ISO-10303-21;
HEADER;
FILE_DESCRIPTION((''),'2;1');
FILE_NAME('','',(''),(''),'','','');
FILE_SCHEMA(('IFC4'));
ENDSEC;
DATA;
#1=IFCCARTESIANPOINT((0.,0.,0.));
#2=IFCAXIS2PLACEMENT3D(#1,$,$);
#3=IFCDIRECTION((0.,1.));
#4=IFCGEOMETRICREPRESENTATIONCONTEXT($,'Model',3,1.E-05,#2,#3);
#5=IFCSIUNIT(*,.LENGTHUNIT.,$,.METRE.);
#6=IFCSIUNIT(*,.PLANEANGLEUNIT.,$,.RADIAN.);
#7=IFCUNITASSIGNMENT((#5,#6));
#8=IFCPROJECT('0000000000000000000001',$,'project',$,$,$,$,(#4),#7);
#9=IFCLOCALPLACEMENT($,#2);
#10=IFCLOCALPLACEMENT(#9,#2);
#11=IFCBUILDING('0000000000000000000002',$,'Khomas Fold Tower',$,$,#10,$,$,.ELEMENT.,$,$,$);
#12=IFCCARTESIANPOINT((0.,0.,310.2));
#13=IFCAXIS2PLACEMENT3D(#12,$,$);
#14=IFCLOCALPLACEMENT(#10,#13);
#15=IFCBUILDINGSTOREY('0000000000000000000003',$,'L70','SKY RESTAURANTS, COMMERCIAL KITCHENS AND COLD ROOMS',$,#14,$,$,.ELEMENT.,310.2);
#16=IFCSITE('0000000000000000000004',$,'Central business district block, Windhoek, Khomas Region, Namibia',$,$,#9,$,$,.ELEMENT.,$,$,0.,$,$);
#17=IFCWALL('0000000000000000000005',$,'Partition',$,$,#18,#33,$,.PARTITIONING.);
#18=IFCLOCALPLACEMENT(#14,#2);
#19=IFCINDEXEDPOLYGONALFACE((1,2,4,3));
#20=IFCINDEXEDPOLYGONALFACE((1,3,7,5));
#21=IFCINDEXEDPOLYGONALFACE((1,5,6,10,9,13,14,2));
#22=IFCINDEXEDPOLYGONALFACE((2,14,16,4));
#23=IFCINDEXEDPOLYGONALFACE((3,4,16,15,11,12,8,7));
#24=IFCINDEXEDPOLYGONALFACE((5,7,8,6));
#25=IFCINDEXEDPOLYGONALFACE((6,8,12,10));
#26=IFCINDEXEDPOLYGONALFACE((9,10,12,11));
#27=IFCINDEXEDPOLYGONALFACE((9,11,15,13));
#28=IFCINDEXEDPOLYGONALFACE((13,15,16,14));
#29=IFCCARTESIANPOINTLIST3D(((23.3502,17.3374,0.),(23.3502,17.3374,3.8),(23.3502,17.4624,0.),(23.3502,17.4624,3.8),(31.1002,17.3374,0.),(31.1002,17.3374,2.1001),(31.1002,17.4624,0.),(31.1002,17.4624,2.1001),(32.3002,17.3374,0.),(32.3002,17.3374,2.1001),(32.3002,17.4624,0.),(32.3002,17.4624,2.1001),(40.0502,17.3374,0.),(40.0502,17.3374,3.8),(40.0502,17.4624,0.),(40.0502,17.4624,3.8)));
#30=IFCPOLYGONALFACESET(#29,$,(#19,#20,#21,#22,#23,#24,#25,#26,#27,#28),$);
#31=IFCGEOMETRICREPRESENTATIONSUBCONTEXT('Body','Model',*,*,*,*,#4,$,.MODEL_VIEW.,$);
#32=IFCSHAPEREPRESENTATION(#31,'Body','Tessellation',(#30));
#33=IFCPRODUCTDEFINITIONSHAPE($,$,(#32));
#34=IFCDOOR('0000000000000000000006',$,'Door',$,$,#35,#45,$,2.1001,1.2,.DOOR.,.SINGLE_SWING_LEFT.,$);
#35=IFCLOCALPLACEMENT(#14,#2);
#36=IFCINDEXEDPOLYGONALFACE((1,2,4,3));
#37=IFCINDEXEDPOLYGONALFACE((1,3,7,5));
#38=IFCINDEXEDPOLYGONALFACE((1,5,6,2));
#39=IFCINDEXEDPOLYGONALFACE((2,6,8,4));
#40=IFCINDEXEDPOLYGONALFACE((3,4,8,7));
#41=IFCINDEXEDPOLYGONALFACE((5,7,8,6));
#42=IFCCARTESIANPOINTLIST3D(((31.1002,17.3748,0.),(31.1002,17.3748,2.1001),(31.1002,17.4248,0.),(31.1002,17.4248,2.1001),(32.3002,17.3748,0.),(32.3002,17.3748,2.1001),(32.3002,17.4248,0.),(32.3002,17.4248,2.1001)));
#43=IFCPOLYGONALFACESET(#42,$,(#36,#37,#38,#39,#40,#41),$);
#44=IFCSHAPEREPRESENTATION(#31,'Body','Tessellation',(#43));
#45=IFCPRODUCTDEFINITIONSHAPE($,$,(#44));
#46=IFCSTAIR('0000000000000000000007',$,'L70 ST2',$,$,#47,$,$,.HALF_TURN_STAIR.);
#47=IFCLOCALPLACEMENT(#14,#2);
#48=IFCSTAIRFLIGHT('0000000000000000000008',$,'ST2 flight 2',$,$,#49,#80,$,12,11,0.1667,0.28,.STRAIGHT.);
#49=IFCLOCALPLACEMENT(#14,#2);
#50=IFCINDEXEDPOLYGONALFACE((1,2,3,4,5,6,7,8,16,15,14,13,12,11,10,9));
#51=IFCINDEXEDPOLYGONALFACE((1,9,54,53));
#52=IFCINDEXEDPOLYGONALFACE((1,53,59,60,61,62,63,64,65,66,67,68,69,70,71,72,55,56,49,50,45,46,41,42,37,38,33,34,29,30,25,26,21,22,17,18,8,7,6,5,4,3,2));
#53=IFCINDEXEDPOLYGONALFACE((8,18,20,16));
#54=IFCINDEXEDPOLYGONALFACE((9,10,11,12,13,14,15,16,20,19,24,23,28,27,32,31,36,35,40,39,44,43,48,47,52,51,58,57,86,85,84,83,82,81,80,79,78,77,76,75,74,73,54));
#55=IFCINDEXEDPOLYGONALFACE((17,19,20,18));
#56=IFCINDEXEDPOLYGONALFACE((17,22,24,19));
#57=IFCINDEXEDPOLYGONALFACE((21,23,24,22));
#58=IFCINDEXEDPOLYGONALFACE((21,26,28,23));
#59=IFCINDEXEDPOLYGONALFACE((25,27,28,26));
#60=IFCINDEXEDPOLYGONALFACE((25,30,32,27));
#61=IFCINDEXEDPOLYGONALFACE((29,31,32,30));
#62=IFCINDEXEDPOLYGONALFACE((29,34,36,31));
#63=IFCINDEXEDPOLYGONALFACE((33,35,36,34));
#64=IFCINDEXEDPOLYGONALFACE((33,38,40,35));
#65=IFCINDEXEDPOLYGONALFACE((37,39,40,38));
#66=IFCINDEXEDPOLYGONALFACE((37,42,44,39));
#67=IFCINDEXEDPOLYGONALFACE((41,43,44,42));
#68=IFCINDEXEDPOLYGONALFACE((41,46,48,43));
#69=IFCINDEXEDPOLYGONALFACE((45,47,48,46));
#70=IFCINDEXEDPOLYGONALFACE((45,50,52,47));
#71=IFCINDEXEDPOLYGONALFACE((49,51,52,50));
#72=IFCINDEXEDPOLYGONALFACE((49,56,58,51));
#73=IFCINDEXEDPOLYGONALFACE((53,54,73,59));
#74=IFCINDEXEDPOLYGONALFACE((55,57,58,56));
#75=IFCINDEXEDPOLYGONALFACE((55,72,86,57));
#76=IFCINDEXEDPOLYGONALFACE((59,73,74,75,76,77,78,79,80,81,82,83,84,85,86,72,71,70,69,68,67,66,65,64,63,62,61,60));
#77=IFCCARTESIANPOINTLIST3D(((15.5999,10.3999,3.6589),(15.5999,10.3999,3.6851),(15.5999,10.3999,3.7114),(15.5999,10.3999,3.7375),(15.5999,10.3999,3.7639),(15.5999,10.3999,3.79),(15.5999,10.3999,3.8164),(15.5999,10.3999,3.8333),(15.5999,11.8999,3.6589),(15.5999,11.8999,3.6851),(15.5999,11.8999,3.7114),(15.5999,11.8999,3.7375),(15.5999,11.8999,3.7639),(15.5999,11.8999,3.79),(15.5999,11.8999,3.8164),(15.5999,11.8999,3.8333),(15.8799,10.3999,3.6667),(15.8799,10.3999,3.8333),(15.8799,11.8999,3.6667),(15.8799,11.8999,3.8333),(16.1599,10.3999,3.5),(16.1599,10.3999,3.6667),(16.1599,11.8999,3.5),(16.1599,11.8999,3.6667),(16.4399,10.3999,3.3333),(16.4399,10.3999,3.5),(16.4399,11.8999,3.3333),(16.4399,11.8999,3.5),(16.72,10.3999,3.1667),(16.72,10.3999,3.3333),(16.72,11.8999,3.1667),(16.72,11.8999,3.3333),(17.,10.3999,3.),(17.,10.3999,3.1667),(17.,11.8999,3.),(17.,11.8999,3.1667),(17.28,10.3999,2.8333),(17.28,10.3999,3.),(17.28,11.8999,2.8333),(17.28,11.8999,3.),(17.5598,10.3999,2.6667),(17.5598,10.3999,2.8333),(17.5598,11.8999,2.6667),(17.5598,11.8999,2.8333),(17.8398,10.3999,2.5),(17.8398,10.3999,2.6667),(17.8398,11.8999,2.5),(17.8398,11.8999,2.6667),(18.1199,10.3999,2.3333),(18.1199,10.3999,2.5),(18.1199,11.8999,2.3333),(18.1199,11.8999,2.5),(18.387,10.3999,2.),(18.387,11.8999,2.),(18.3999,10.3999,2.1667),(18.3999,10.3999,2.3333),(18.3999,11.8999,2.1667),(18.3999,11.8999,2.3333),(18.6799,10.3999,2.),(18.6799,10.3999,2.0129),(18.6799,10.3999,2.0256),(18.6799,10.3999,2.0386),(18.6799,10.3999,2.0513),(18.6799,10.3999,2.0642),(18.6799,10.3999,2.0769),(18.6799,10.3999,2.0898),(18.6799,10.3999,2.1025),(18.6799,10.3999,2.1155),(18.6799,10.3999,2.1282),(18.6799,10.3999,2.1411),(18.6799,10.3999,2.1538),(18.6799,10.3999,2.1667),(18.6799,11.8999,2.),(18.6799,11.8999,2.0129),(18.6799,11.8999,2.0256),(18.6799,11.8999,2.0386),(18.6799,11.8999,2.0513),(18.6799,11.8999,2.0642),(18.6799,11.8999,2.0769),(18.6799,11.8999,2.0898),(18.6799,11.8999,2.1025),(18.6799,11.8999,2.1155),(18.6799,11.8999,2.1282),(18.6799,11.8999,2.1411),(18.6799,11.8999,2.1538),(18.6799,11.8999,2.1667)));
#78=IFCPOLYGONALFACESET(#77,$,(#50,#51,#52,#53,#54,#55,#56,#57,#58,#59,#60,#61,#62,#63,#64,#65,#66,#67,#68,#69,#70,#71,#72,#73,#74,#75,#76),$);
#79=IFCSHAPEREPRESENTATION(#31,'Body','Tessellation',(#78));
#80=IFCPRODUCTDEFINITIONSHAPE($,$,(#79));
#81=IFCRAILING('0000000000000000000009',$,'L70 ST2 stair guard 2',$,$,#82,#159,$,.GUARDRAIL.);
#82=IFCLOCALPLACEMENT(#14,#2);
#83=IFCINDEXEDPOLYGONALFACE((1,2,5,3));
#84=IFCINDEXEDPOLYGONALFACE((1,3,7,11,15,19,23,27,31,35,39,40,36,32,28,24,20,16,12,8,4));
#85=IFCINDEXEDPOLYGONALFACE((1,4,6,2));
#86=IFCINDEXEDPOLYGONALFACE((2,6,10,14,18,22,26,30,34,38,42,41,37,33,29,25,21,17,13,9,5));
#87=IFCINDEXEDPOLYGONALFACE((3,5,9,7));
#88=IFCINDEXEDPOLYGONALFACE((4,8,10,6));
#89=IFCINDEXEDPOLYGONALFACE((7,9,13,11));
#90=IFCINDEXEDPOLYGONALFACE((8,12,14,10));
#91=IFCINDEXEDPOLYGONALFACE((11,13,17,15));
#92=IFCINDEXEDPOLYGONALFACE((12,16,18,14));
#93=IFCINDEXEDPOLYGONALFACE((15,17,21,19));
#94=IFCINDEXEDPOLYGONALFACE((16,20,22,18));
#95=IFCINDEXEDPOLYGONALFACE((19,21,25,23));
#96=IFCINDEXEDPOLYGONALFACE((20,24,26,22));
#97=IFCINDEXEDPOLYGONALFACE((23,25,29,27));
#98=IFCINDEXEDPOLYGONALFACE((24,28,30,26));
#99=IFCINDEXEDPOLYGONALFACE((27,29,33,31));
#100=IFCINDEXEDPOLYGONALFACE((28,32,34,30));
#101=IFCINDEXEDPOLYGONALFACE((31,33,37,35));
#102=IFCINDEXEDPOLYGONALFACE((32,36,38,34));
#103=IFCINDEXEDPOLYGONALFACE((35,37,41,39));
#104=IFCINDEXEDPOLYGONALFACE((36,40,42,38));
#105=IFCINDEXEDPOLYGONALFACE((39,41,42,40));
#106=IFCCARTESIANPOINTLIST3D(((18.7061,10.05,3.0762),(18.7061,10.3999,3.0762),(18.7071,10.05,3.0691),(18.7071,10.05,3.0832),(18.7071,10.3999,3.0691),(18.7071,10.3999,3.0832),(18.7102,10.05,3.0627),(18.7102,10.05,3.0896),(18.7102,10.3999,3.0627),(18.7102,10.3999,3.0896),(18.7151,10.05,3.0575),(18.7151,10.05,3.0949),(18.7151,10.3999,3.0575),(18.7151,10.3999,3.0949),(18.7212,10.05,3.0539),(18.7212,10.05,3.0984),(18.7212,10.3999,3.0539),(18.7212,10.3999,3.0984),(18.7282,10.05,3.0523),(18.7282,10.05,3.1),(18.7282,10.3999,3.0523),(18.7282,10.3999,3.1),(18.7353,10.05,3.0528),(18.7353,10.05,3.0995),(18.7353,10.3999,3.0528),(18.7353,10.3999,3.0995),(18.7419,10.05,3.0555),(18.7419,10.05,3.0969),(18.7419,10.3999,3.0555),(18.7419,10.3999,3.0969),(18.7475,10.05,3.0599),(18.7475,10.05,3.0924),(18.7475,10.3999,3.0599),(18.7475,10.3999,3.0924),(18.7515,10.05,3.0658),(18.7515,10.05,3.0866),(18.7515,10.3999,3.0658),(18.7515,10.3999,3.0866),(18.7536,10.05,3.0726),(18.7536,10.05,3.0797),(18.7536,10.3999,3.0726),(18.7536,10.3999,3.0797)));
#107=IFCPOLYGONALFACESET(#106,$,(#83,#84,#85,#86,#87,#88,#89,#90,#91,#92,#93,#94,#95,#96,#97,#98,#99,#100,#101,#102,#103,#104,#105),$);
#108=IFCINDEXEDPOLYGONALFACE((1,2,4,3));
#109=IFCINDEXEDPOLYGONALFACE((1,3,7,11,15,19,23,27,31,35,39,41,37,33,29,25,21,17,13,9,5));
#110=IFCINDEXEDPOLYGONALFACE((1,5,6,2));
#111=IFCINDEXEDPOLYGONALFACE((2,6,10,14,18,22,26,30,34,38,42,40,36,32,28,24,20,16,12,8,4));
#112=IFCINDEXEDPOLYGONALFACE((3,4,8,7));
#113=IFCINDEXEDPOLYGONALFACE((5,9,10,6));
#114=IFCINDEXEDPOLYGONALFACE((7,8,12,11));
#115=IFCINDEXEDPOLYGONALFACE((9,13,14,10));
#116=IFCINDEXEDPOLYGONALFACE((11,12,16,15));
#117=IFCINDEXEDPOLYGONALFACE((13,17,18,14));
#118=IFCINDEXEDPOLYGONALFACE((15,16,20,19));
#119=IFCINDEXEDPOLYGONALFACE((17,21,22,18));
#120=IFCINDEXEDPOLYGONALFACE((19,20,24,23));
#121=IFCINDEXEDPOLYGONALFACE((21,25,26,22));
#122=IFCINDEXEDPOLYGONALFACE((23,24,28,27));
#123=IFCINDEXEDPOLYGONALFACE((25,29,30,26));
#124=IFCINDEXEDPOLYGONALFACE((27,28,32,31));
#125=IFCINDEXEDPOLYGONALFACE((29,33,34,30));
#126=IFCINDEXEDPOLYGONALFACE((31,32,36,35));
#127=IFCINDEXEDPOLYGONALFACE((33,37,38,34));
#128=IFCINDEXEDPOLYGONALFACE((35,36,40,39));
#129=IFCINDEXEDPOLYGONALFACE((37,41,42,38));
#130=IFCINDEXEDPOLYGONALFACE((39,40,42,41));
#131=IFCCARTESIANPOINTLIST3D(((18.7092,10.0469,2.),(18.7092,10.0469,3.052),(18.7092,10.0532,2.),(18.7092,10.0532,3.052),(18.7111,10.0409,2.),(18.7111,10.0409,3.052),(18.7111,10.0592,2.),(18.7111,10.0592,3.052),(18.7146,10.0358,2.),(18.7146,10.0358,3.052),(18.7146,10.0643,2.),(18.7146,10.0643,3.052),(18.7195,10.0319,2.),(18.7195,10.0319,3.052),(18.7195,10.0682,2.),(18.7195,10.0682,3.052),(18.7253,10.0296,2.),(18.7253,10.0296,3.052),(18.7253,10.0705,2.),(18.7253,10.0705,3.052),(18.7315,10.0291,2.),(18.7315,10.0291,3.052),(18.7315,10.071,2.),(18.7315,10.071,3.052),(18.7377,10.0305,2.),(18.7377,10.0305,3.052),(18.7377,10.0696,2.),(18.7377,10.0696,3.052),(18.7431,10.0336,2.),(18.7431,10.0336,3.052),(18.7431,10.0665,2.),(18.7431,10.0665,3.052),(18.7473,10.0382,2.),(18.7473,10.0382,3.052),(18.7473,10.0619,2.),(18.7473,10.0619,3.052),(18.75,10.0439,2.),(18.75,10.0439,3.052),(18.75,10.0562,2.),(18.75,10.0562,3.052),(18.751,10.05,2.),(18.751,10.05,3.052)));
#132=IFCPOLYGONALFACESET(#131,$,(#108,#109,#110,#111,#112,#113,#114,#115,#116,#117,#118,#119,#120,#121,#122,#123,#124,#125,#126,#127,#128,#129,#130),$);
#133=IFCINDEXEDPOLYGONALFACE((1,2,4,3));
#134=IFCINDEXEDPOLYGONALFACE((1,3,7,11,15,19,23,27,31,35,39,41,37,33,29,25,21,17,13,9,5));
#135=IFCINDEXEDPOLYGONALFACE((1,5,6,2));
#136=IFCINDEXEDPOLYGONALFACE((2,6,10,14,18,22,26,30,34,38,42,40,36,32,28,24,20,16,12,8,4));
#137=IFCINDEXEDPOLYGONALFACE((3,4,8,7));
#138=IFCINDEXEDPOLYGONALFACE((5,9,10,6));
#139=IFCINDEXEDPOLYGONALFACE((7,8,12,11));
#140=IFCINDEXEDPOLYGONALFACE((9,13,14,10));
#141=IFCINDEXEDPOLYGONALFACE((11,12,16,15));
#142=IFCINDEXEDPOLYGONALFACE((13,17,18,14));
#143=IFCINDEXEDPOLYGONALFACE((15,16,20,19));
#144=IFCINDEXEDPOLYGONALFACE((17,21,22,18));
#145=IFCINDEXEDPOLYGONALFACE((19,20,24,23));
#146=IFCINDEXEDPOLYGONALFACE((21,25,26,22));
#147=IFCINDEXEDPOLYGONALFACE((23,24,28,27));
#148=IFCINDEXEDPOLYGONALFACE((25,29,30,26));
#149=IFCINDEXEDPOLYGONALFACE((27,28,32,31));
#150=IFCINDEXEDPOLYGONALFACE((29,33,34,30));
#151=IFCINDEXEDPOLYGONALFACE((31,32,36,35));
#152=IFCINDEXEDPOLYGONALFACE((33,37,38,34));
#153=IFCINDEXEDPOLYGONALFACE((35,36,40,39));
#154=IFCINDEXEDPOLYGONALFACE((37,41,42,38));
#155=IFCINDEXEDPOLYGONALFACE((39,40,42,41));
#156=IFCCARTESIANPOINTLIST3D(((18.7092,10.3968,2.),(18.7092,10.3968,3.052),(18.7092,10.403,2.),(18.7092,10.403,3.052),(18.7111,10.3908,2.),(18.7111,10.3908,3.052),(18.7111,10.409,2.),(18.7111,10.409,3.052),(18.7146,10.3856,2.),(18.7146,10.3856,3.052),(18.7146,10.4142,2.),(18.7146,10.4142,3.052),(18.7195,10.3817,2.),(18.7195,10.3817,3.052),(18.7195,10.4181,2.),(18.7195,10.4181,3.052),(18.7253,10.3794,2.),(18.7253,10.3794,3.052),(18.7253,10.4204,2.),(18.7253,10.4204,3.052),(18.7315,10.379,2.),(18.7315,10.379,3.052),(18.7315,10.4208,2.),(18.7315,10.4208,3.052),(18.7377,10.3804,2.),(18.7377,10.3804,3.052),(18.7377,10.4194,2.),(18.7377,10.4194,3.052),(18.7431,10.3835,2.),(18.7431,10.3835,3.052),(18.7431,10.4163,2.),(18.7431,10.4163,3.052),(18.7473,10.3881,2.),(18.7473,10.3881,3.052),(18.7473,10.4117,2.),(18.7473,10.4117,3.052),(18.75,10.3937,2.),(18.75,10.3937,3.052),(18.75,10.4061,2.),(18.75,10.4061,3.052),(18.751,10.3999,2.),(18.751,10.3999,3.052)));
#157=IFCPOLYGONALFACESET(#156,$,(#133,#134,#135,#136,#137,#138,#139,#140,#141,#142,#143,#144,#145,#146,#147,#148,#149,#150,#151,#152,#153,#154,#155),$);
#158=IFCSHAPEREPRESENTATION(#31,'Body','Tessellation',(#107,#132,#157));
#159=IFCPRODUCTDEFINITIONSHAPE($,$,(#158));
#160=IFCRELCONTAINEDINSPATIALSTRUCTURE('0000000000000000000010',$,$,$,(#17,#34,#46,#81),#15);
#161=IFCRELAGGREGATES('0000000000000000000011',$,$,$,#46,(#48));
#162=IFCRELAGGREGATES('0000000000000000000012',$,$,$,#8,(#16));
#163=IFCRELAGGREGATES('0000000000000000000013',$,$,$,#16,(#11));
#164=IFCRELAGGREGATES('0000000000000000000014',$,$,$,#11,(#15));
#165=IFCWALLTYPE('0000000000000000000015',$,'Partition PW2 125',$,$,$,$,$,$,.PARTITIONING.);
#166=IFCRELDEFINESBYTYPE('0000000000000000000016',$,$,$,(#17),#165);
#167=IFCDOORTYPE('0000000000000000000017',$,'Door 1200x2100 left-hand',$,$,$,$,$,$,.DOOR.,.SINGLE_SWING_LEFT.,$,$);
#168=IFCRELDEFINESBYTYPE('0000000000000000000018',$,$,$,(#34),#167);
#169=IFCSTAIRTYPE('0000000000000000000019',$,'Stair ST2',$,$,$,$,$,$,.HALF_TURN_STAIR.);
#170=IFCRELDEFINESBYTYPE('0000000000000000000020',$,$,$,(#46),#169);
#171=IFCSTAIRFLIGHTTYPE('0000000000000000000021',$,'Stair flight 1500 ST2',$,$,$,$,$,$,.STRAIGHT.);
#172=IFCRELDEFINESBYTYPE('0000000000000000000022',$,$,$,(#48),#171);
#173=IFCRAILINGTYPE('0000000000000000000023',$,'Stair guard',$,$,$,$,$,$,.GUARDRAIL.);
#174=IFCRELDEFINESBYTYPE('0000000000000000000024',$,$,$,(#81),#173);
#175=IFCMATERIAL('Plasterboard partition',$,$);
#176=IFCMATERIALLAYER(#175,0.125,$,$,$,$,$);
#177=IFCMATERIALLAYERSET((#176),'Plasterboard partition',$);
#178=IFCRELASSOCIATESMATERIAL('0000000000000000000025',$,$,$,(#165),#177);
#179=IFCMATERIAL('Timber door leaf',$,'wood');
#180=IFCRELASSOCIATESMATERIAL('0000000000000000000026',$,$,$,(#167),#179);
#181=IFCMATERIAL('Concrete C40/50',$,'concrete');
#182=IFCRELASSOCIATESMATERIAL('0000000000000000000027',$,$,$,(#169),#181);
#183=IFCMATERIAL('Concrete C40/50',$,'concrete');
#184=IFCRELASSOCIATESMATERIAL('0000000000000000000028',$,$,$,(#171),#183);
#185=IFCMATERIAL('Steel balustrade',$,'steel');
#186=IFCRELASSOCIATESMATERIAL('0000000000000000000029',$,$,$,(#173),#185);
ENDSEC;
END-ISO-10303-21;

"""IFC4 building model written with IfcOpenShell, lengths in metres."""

from ifc_helpers import new_model, si_unit, direction, frame, frame_2d, origin, origin_2d, place, context, subcontext, project, spatial, polyline, rectangle, circle, outline, extrude, source, transform, mapped, material, layer, layer_set, type_object, element, fill, aggregate, save


model = new_model("IFC4")

# Units and contexts
model_context = context("Model", 3, precision=1e-05, world=origin(), true_north=direction((0.0, 1.0)))
body_context = subcontext(model_context, "Body", "Model", "MODEL_VIEW")
ifc_project = project(units=[si_unit("LENGTHUNIT", "METRE"), si_unit("PLANEANGLEUNIT", "RADIAN")], contexts=[model_context])

# Site, building, storey
site_placement = place(None, origin())
site = spatial("IfcSite", under=ifc_project, at=site_placement, Name="Central business district block, Windhoek, Khomas Region, Namibia", CompositionType="ELEMENT", RefElevation=0.0)
building_placement = place(site_placement, origin())
building = spatial("IfcBuilding", under=site, at=building_placement, Name="Khomas Fold Tower", CompositionType="ELEMENT")
storey_placement = place(building_placement, frame((0.0, 0.0, 310.2)))
storey = spatial("IfcBuildingStorey", under=building, at=storey_placement, Name="L70", Description="SKY RESTAURANTS, COMMERCIAL KITCHENS AND COLD ROOMS", CompositionType="ELEMENT", Elevation=310.2)

# Wall, opening, door
ifc_material_1 = material(Name="Plasterboard partition")
ifc_layer_1 = layer(ifc_material_1, 0.125)
ifc_layer_set_1 = layer_set([ifc_layer_1], Name="Plasterboard partition")
wall_type_1 = type_object("IfcWallType", Name="Partition PW2 125", PredefinedType="PARTITIONING", material=ifc_layer_set_1)
shared_shape_1 = source(origin(), body_context, "Body", "SweptSolid", [
    extrude(rectangle(XDim=1.2, YDim=2.1001, at=frame_2d((0.6001, 1.05))), frame((0.0, 0.0725, 0.0), z_axis=(0.0, -1.0, 0.0), x_axis=(1.0, 0.0, 0.0)), (0.0, 0.0, 1.0), 0.145),
])
ifc_material_2 = material(Name="Timber door leaf", Category="wood")
door_type_1 = type_object("IfcDoorType", Name="Door 1200x2100 left-hand", OperationType="SINGLE_SWING_LEFT", PredefinedType="DOOR", material=ifc_material_2)
shared_shape_2 = source(origin(), body_context, "Body", "SweptSolid", [
    extrude(rectangle(XDim=1.2, YDim=2.1001, at=frame_2d((0.6001, 1.05))), frame((0.0, 0.0249, 0.0), z_axis=(0.0, -1.0, 0.0), x_axis=(1.0, 0.0, 0.0)), (0.0, 0.0, 1.0), 0.05),
])
shared_shape_3 = source(origin(), body_context, "Body", "SweptSolid", [
    extrude(rectangle(XDim=16.7, YDim=0.125, at=frame_2d((8.3501, 0.0))), origin(), (0.0, 0.0, 1.0), 3.8),
])
wall_1_placement = place(storey_placement, frame((23.3501, 17.3999, 0.0), z_axis=(0.0, 0.0, 1.0), x_axis=(1.0, 0.0, 0.0)))
wall_1 = element("IfcWall", 1, at=wall_1_placement, inside=storey, type_object=wall_type_1, Name="Partition", PredefinedType="PARTITIONING", context=body_context, shape_type="MappedRepresentation", body=[
    mapped(shared_shape_3, transform((0.0, 0.0, 0.0))),
])
opening_1_placement = place(wall_1_placement, frame((7.75, 0.0, 0.0)))
opening_1 = element("IfcOpeningElement", 2, at=opening_1_placement, cuts=wall_1, PredefinedType="OPENING", context=body_context, shape_type="MappedRepresentation", body=[
    mapped(shared_shape_1, transform((0.0, 0.0, 0.0))),
])
door_1_placement = place(opening_1_placement, origin())
door_1 = element("IfcDoor", 3, at=door_1_placement, inside=storey, type_object=door_type_1, Name="Door", OperationType="SINGLE_SWING_LEFT", OverallHeight=2.1001, OverallWidth=1.2, PredefinedType="DOOR", context=body_context, shape_type="MappedRepresentation", body=[
    mapped(shared_shape_2, transform((0.0, 0.0, 0.0))),
])
fill(opening_1, door_1)

# Stair, stair flight
ifc_material_3 = material(Name="Concrete C40/50", Category="concrete")
stair_type = type_object("IfcStairType", Name="Stair ST2", PredefinedType="HALF_TURN_STAIR", material=ifc_material_3)
stair_placement = place(storey_placement, origin())
stair = element("IfcStair", 4, at=stair_placement, inside=storey, type_object=stair_type, Name="L70 ST2", PredefinedType="HALF_TURN_STAIR")
ifc_material_4 = material(Name="Concrete C40/50", Category="concrete")
stair_flight_type = type_object("IfcStairFlightType", Name="Stair flight 1500 ST2", PredefinedType="STRAIGHT", material=ifc_material_4)
shared_shape_4 = source(origin(), body_context, "Body", "SweptSolid", [
    extrude(outline(polyline([(0.0, 0.0), (0.0, 0.0129), (0.0, 0.0256), (0.0, 0.0386), (0.0, 0.0513), (0.0, 0.0642), (0.0, 0.0769), (0.0, 0.0898), (0.0, 0.1025), (0.0, 0.1155), (0.0, 0.1282), (0.0, 0.1411), (0.0, 0.1538), (0.0, 0.1667), (0.28, 0.1667), (0.28, 0.3333), (0.5601, 0.3333), (0.5601, 0.5), (0.8401, 0.5), (0.8401, 0.6667), (1.1201, 0.6667), (1.1201, 0.8333), (1.3999, 0.8333), (1.3999, 1.0), (1.6799, 1.0), (1.6799, 1.1667), (1.96, 1.1667), (1.96, 1.3333), (2.24, 1.3333), (2.24, 1.5), (2.52, 1.5), (2.52, 1.6667), (2.8, 1.6667), (2.8, 1.8333), (3.0801, 1.8333), (3.0801, 2.0), (3.0801, 1.9739), (3.0801, 1.9475), (3.0801, 1.9214), (3.0801, 1.895), (3.0801, 1.8689), (3.0801, 1.8425), (3.0801, 1.8164), (3.0801, 1.79), (3.0801, 1.7639), (3.0801, 1.7375), (3.0801, 1.7114), (3.0801, 1.6851), (3.0801, 1.6589), (0.293, 0.0), (0.0, 0.0)])), frame((0.0, 0.75, 0.0), z_axis=(0.0, -1.0, 0.0), x_axis=(1.0, 0.0, 0.0)), (0.0, 0.0, 1.0), 1.5),
])
stair_flight_placement = place(storey_placement, frame((18.6799, 11.1499, 2.0), z_axis=(0.0, 0.0, 1.0), x_axis=(-1.0, 0.0, 0.0)))
stair_flight = element("IfcStairFlight", 5, at=stair_flight_placement, type_object=stair_flight_type, Name="ST2 flight 2", NumberOfRisers=12, NumberOfTreads=11, PredefinedType="STRAIGHT", RiserHeight=0.1667, TreadLength=0.28, context=body_context, shape_type="MappedRepresentation", body=[
    mapped(shared_shape_4, transform((0.0, 0.0, 0.0))),
])
aggregate(stair, [stair_flight])

# Railing
ifc_material_5 = material(Name="Steel balustrade", Category="steel")
railing_type_1 = type_object("IfcRailingType", Name="Stair guard", PredefinedType="GUARDRAIL", material=ifc_material_5)
shared_shape_5 = source(origin(), body_context, "Body", "SweptSolid", [
    extrude(circle(Radius=0.0239, at=origin_2d()), frame((0.0, 0.0, 1.0762), z_axis=(0.0, 1.0, 0.0), x_axis=(-1.0, 0.0, 0.0)), (0.0, 0.0, 1.0), 0.3499),
    extrude(circle(Radius=0.021, at=origin_2d()), origin(), (0.0, 0.0, 1.0), 1.052),
    extrude(circle(Radius=0.021, at=origin_2d()), frame((0.0, 0.3499, 0.0)), (0.0, 0.0, 1.0), 1.052),
])
for number, where, name in (
    (6, (18.73, 10.05, 2.0), "L70 ST2 stair guard 2"),
):
    element("IfcRailing", number, at=place(storey_placement, frame(where)), inside=storey, type_object=railing_type_1, Name=name, PredefinedType="GUARDRAIL", context=body_context, shape_type="MappedRepresentation", body=[
        mapped(shared_shape_5, transform((0.0, 0.0, 0.0))),
    ])

save(model, "model.ifc")
